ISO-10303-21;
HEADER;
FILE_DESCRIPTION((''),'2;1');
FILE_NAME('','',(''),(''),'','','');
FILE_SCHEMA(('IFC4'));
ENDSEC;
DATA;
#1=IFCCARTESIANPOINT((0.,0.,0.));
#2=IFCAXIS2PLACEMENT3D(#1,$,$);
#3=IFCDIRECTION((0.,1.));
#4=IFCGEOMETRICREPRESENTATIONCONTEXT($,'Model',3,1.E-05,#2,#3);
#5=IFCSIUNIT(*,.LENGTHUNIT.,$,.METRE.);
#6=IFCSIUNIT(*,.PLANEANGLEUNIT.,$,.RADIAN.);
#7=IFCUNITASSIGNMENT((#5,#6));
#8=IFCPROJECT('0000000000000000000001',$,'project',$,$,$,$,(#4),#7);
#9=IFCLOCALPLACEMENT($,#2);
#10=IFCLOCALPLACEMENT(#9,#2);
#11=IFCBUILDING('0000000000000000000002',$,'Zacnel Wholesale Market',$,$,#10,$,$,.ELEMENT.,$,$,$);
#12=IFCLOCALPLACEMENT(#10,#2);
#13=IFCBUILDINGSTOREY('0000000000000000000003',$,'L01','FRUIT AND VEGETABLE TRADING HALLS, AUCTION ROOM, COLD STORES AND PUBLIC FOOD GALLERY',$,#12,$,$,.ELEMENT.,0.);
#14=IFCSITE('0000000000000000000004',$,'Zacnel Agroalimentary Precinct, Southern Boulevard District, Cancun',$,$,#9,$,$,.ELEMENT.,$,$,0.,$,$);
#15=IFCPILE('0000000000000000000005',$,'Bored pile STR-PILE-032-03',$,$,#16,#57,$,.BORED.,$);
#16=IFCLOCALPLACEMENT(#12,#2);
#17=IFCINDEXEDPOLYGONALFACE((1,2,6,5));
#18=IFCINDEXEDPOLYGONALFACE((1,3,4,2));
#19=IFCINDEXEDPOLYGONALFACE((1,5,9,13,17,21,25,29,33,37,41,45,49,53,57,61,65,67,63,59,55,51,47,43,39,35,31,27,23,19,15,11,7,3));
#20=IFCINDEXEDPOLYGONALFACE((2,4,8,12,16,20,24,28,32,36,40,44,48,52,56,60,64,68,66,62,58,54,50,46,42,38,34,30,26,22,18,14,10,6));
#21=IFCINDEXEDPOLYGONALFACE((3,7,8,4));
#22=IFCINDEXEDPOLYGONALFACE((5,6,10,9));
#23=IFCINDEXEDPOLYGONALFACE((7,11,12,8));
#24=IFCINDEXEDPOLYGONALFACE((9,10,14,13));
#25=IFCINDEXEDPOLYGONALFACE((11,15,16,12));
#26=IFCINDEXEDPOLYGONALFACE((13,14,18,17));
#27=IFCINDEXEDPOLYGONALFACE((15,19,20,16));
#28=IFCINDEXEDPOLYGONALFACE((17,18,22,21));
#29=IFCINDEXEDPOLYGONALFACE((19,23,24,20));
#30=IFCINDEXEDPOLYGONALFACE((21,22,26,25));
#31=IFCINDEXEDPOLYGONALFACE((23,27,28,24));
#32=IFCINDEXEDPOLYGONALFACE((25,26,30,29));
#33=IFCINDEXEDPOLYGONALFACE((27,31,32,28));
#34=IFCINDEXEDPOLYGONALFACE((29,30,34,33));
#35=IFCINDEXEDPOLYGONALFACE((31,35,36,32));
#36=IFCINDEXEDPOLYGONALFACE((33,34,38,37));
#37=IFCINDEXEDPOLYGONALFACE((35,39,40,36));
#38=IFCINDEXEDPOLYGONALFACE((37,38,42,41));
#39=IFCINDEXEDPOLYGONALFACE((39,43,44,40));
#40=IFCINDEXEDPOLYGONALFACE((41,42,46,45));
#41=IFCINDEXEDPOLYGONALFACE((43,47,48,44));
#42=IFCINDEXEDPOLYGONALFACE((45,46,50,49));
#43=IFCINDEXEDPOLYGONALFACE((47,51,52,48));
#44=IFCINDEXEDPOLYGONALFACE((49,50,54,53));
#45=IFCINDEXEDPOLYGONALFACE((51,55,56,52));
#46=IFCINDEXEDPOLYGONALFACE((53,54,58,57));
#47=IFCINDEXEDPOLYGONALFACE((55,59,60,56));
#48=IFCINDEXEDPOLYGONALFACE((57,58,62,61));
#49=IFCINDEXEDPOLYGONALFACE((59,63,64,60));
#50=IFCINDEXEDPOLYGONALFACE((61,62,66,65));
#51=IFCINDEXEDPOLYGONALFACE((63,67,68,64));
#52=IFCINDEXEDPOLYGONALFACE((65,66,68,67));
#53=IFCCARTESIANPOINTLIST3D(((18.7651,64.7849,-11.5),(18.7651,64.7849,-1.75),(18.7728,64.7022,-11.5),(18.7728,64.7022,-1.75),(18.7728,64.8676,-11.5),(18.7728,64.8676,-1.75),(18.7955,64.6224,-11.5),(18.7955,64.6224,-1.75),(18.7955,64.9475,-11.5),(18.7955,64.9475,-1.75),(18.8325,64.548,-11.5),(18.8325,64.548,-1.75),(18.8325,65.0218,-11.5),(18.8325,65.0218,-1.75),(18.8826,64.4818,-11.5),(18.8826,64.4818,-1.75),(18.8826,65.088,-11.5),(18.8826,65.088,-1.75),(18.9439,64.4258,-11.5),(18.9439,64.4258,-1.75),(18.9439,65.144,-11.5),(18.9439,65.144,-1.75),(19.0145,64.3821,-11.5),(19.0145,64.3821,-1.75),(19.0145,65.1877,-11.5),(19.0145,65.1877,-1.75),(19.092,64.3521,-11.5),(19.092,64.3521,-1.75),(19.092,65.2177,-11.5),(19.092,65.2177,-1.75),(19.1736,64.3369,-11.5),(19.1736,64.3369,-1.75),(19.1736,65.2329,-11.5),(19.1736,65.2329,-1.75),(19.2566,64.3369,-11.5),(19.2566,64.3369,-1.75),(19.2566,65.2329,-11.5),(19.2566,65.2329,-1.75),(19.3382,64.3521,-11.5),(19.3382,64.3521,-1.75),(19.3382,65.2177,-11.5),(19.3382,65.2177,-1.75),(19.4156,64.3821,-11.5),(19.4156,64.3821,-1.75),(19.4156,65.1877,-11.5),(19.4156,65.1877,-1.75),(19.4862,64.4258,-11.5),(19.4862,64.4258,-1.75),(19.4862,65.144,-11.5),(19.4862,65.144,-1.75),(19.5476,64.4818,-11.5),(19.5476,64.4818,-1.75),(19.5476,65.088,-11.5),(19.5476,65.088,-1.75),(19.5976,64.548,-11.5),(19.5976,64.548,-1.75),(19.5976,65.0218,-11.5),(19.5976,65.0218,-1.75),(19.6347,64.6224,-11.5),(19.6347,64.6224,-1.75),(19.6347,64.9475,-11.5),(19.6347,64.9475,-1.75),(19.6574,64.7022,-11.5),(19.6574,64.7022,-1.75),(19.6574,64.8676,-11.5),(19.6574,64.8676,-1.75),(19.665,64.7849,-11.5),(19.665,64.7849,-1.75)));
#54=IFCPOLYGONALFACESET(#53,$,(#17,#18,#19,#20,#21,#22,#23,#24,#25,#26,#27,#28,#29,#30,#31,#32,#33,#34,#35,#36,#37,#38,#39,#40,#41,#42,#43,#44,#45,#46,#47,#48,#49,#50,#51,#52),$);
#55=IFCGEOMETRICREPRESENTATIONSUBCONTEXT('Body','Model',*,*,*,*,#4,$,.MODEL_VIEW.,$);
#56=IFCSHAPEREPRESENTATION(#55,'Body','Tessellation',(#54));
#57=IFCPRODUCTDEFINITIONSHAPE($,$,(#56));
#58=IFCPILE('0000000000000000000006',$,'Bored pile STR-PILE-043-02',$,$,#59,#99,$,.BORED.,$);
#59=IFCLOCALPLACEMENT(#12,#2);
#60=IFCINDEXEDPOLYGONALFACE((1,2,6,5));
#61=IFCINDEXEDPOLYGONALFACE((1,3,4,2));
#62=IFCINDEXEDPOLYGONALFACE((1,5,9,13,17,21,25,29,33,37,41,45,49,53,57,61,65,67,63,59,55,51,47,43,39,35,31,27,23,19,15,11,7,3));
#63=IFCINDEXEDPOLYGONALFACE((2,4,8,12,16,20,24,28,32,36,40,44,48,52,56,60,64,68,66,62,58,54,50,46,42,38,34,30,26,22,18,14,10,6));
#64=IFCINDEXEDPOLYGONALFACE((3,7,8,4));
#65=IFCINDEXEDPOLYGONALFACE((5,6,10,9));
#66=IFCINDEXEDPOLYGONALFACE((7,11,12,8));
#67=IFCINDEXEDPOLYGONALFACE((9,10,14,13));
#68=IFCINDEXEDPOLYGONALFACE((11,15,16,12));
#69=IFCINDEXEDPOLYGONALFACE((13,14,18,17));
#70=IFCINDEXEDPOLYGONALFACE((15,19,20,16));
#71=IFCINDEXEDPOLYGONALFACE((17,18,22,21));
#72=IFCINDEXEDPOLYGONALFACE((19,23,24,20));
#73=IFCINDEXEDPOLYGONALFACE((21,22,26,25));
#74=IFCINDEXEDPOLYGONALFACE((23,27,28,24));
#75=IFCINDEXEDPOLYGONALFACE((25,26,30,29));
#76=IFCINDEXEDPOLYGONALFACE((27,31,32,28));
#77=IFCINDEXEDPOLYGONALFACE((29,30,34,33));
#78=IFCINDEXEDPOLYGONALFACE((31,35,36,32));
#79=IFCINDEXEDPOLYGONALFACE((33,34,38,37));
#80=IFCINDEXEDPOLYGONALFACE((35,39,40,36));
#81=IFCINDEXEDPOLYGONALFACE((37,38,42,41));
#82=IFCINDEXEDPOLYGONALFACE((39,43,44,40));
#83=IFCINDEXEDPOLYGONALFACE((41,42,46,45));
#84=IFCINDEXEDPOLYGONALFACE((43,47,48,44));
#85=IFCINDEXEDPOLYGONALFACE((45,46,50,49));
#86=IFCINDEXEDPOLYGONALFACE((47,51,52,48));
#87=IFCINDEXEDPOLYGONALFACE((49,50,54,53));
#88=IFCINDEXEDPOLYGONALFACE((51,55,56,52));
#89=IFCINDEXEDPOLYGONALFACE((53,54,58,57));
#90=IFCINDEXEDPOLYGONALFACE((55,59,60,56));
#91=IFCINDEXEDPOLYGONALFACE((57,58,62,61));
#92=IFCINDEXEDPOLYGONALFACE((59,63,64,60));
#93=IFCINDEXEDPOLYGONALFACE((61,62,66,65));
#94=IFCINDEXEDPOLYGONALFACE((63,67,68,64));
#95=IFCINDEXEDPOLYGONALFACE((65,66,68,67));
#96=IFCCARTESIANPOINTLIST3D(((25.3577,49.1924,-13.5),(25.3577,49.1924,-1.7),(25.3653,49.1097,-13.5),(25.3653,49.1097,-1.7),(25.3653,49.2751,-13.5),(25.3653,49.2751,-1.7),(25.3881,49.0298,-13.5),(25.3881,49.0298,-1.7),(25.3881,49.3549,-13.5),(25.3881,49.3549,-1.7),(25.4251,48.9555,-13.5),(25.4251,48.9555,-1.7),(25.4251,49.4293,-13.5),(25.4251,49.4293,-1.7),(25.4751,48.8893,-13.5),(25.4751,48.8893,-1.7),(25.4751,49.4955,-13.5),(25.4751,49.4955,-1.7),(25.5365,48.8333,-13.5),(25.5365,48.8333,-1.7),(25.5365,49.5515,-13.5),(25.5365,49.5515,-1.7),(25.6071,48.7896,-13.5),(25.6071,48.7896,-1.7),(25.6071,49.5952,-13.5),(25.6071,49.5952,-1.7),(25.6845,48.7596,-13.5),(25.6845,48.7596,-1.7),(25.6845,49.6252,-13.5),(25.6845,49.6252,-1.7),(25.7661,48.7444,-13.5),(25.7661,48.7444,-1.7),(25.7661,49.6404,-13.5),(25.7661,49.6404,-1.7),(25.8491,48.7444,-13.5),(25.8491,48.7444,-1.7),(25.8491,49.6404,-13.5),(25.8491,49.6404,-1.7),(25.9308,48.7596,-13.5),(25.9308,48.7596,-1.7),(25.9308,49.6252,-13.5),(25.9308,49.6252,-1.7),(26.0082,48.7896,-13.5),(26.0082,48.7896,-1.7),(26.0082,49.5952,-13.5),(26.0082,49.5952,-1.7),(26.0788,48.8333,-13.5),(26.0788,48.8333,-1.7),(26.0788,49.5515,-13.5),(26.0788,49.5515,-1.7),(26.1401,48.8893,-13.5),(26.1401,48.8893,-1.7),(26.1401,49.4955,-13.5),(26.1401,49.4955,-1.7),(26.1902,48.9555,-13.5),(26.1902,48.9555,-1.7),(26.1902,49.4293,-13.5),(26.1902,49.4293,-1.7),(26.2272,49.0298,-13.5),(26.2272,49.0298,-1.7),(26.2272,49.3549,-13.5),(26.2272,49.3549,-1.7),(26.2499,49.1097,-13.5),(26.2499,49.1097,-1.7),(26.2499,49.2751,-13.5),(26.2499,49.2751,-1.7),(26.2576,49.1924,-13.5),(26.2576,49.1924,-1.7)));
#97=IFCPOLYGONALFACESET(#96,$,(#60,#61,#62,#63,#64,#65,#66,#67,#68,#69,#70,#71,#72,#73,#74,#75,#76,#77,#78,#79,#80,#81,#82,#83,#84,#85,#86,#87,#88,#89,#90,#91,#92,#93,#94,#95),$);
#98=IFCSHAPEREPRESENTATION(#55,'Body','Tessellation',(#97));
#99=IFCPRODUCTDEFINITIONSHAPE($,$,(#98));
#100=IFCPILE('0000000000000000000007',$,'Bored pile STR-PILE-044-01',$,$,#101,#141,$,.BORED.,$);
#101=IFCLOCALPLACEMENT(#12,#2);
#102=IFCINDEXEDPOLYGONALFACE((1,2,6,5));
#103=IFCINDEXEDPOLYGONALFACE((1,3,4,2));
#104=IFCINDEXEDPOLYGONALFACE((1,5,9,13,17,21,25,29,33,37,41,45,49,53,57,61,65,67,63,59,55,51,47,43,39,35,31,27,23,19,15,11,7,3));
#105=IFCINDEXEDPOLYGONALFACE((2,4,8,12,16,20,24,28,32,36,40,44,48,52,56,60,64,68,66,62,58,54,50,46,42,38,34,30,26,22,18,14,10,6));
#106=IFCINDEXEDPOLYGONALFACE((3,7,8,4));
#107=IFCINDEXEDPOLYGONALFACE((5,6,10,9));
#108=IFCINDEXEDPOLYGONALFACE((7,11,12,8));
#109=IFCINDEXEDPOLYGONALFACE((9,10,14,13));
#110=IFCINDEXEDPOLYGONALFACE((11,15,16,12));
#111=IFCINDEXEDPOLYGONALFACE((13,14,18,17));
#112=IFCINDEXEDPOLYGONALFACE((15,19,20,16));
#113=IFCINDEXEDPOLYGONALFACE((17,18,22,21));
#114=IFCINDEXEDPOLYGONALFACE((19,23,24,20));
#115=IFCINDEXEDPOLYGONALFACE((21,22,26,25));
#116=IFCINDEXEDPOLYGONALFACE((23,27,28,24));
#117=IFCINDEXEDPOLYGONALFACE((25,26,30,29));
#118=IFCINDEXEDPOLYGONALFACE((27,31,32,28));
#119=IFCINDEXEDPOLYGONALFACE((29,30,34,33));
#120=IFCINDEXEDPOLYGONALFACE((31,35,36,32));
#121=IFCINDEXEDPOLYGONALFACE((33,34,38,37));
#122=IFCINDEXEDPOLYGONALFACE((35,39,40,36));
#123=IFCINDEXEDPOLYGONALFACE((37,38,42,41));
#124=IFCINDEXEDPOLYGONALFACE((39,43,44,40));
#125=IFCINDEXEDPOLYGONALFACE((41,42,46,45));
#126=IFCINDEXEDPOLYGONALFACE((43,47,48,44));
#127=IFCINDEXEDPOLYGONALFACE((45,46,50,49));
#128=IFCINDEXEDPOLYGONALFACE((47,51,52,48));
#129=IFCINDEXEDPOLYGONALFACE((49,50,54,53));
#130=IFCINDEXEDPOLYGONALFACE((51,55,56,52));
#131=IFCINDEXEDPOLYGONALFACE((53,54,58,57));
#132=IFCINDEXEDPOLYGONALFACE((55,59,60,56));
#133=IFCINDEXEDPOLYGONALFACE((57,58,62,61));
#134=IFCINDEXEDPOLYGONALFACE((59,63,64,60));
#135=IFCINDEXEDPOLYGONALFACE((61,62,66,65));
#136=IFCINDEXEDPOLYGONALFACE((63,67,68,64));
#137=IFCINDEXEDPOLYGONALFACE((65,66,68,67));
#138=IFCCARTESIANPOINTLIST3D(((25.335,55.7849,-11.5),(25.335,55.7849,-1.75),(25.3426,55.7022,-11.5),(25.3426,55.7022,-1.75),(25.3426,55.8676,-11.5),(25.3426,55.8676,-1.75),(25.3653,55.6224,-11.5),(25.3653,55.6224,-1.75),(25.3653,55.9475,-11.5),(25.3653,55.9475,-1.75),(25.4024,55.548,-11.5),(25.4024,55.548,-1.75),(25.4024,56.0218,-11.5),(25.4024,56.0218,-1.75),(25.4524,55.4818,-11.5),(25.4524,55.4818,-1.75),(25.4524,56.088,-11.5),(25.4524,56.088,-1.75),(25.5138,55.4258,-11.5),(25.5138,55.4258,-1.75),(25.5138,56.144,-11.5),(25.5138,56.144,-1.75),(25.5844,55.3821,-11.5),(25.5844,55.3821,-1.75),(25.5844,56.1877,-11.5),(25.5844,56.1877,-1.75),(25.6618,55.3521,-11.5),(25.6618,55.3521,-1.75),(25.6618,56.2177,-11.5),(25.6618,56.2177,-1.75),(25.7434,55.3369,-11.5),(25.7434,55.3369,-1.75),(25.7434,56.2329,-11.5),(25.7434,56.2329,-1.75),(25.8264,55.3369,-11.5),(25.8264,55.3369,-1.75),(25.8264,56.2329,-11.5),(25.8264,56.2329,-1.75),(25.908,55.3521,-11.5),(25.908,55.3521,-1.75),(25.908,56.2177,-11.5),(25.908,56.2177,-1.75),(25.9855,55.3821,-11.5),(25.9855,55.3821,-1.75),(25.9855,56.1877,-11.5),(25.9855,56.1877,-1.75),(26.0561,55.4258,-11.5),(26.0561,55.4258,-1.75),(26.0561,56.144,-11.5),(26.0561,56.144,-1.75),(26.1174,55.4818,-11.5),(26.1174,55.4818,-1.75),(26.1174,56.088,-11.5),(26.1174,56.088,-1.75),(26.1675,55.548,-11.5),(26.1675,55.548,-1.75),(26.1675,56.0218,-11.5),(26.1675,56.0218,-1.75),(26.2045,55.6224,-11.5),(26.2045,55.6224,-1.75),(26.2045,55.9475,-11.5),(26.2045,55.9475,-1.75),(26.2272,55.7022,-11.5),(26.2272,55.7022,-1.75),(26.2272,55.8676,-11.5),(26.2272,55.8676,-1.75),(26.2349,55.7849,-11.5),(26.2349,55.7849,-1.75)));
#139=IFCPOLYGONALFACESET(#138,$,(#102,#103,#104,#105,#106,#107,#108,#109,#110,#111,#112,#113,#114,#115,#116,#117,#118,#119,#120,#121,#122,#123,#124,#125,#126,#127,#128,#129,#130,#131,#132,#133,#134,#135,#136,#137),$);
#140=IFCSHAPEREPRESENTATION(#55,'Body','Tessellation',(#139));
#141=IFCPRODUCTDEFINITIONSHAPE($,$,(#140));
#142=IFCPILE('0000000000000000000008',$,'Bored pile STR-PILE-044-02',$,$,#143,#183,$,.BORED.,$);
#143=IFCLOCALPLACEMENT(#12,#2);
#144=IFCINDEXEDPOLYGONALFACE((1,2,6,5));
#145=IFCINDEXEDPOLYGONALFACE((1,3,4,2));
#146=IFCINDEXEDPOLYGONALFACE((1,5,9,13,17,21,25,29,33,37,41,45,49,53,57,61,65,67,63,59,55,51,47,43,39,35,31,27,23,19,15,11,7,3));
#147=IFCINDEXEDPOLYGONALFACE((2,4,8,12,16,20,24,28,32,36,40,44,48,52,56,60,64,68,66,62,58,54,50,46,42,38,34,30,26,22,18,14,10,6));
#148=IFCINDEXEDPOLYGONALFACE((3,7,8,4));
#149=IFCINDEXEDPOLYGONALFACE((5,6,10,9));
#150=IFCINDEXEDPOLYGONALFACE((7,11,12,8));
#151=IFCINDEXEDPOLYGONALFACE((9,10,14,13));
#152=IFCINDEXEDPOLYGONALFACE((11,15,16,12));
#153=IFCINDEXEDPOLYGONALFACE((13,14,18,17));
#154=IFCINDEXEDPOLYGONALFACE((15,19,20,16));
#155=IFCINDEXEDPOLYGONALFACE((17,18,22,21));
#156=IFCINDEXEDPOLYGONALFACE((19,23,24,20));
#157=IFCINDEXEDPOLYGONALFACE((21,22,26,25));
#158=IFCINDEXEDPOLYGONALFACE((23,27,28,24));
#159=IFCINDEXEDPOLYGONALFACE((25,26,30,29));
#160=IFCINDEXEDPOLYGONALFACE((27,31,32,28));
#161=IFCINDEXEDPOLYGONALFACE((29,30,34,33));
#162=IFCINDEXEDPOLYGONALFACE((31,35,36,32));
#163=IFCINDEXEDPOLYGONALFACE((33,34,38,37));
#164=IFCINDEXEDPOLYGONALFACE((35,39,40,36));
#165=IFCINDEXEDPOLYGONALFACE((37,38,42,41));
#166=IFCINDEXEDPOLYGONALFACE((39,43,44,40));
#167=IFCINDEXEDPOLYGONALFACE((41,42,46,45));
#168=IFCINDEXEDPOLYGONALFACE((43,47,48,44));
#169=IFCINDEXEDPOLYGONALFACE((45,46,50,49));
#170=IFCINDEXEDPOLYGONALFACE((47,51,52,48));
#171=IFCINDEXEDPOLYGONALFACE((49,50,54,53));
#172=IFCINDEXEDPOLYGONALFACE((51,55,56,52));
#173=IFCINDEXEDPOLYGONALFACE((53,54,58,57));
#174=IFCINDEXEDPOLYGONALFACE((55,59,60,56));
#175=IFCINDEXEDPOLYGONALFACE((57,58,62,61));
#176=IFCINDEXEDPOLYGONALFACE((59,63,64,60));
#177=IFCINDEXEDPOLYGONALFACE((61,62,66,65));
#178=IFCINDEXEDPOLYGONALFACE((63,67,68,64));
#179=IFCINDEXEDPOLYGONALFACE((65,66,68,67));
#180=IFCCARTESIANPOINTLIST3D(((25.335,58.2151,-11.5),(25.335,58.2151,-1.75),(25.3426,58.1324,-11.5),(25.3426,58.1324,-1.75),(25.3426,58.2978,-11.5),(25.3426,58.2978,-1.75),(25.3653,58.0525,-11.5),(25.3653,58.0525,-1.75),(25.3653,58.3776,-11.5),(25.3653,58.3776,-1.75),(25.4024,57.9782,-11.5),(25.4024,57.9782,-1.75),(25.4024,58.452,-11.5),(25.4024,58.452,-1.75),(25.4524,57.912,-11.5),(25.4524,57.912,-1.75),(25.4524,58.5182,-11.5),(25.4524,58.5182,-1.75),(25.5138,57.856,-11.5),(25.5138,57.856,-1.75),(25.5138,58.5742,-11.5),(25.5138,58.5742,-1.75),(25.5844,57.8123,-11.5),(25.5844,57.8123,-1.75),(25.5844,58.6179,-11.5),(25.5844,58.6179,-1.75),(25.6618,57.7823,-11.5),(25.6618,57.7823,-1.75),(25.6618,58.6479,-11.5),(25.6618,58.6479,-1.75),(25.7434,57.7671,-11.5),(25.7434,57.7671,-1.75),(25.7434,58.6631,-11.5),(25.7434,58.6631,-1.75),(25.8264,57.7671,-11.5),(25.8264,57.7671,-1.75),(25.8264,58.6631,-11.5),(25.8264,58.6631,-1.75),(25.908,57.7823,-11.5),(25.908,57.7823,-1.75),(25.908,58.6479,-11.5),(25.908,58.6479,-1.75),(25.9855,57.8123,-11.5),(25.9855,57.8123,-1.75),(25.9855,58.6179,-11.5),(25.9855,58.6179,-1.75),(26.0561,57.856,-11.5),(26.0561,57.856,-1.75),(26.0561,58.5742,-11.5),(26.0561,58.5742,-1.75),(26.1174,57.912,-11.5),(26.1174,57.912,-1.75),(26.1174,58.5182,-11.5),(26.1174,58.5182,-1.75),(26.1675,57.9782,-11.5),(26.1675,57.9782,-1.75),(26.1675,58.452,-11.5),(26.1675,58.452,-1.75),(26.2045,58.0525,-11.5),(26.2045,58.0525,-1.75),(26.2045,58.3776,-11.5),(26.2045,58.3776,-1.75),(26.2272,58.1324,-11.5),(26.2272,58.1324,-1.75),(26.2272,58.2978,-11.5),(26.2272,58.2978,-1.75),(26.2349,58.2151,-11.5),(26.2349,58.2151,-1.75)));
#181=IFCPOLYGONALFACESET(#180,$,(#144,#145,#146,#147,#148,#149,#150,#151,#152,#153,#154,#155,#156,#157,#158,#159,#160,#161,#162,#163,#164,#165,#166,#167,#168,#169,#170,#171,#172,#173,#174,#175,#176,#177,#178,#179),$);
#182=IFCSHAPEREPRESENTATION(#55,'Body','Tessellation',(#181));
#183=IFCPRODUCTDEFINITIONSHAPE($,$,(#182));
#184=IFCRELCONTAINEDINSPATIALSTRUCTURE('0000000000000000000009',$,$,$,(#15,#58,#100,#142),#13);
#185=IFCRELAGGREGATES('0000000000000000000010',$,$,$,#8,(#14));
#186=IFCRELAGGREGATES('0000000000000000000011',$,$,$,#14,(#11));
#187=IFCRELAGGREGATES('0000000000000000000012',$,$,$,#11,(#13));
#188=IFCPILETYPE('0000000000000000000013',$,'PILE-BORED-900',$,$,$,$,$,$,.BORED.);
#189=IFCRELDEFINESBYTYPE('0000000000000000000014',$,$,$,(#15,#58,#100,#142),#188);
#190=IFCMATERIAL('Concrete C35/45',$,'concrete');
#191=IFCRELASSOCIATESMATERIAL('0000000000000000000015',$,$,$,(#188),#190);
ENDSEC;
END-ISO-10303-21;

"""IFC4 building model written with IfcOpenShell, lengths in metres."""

from ifc_helpers import new_model, si_unit, direction, frame, origin, origin_2d, place, context, subcontext, project, spatial, circle, extrude, material, material_profile, profile_set, type_object, element, save


model = new_model("IFC4")

# Units and contexts
model_context = context("Model", 3, precision=1e-05, world=origin(), true_north=direction((0.0, 1.0)))
body_context = subcontext(model_context, "Body", "Model", "MODEL_VIEW")
ifc_project = project(units=[si_unit("LENGTHUNIT", "METRE"), si_unit("PLANEANGLEUNIT", "RADIAN")], contexts=[model_context])

# Site, building, storey
site_placement = place(None, origin())
site = spatial("IfcSite", under=ifc_project, at=site_placement, Name="Zacnel Agroalimentary Precinct, Southern Boulevard District, Cancun", CompositionType="ELEMENT", RefElevation=0.0)
building_placement = place(site_placement, origin())
building = spatial("IfcBuilding", under=site, at=building_placement, Name="Zacnel Wholesale Market", CompositionType="ELEMENT")
storey_placement = place(building_placement, origin())
storey = spatial("IfcBuildingStorey", under=building, at=storey_placement, Name="L01", Description="FRUIT AND VEGETABLE TRADING HALLS, AUCTION ROOM, COLD STORES AND PUBLIC FOOD GALLERY", CompositionType="ELEMENT", Elevation=0.0)

# Piles
ifc_material_1 = material(Name="Concrete C35/45", Category="concrete")
ifc_material_profile_1 = material_profile(ifc_material_1, circle(Radius=0.45, at=origin_2d()), Name="BORED PILE D900")
ifc_profile_set_1 = profile_set([ifc_material_profile_1], Name="Concrete C35/45")
pile_type = type_object("IfcPileType", Name="PILE-BORED-900", PredefinedType="BORED", material=ifc_profile_set_1)
pile_1_placement = place(storey_placement, frame((19.2151, 64.7849, -1.75), z_axis=(0.0, 0.0, -1.0), x_axis=(1.0, 0.0, 0.0)))
element("IfcPile", 1, at=pile_1_placement, inside=storey, type_object=pile_type, Name="Bored pile STR-PILE-032-03", PredefinedType="BORED", context=body_context, shape_type="SweptSolid", body=[
    extrude(circle(Radius=0.45, at=origin_2d()), origin(), (0.0, 0.0, 1.0), 9.75),
])
pile_2_placement = place(storey_placement, frame((25.8076, 49.1924, -1.7), z_axis=(0.0, 0.0, -1.0), x_axis=(1.0, 0.0, 0.0)))
element("IfcPile", 2, at=pile_2_placement, inside=storey, type_object=pile_type, Name="Bored pile STR-PILE-043-02", PredefinedType="BORED", context=body_context, shape_type="SweptSolid", body=[
    extrude(circle(Radius=0.45, at=origin_2d()), origin(), (0.0, 0.0, 1.0), 11.8),
])
for number, where, z_axis, x_axis, name in (
    (3, (25.7849, 55.7849, -1.75), (0.0, 0.0, -1.0), (1.0, 0.0, 0.0), "Bored pile STR-PILE-044-01"),
    (4, (25.7849, 58.2151, -1.75), (0.0, 0.0, -1.0), (1.0, 0.0, 0.0), "Bored pile STR-PILE-044-02"),
):
    element("IfcPile", number, at=place(storey_placement, frame(where, z_axis=z_axis, x_axis=x_axis)), inside=storey, type_object=pile_type, Name=name, PredefinedType="BORED", context=body_context, shape_type="SweptSolid", body=[
        extrude(circle(Radius=0.45, at=origin_2d()), origin(), (0.0, 0.0, 1.0), 9.75),
    ])

save(model, "model.ifc")
